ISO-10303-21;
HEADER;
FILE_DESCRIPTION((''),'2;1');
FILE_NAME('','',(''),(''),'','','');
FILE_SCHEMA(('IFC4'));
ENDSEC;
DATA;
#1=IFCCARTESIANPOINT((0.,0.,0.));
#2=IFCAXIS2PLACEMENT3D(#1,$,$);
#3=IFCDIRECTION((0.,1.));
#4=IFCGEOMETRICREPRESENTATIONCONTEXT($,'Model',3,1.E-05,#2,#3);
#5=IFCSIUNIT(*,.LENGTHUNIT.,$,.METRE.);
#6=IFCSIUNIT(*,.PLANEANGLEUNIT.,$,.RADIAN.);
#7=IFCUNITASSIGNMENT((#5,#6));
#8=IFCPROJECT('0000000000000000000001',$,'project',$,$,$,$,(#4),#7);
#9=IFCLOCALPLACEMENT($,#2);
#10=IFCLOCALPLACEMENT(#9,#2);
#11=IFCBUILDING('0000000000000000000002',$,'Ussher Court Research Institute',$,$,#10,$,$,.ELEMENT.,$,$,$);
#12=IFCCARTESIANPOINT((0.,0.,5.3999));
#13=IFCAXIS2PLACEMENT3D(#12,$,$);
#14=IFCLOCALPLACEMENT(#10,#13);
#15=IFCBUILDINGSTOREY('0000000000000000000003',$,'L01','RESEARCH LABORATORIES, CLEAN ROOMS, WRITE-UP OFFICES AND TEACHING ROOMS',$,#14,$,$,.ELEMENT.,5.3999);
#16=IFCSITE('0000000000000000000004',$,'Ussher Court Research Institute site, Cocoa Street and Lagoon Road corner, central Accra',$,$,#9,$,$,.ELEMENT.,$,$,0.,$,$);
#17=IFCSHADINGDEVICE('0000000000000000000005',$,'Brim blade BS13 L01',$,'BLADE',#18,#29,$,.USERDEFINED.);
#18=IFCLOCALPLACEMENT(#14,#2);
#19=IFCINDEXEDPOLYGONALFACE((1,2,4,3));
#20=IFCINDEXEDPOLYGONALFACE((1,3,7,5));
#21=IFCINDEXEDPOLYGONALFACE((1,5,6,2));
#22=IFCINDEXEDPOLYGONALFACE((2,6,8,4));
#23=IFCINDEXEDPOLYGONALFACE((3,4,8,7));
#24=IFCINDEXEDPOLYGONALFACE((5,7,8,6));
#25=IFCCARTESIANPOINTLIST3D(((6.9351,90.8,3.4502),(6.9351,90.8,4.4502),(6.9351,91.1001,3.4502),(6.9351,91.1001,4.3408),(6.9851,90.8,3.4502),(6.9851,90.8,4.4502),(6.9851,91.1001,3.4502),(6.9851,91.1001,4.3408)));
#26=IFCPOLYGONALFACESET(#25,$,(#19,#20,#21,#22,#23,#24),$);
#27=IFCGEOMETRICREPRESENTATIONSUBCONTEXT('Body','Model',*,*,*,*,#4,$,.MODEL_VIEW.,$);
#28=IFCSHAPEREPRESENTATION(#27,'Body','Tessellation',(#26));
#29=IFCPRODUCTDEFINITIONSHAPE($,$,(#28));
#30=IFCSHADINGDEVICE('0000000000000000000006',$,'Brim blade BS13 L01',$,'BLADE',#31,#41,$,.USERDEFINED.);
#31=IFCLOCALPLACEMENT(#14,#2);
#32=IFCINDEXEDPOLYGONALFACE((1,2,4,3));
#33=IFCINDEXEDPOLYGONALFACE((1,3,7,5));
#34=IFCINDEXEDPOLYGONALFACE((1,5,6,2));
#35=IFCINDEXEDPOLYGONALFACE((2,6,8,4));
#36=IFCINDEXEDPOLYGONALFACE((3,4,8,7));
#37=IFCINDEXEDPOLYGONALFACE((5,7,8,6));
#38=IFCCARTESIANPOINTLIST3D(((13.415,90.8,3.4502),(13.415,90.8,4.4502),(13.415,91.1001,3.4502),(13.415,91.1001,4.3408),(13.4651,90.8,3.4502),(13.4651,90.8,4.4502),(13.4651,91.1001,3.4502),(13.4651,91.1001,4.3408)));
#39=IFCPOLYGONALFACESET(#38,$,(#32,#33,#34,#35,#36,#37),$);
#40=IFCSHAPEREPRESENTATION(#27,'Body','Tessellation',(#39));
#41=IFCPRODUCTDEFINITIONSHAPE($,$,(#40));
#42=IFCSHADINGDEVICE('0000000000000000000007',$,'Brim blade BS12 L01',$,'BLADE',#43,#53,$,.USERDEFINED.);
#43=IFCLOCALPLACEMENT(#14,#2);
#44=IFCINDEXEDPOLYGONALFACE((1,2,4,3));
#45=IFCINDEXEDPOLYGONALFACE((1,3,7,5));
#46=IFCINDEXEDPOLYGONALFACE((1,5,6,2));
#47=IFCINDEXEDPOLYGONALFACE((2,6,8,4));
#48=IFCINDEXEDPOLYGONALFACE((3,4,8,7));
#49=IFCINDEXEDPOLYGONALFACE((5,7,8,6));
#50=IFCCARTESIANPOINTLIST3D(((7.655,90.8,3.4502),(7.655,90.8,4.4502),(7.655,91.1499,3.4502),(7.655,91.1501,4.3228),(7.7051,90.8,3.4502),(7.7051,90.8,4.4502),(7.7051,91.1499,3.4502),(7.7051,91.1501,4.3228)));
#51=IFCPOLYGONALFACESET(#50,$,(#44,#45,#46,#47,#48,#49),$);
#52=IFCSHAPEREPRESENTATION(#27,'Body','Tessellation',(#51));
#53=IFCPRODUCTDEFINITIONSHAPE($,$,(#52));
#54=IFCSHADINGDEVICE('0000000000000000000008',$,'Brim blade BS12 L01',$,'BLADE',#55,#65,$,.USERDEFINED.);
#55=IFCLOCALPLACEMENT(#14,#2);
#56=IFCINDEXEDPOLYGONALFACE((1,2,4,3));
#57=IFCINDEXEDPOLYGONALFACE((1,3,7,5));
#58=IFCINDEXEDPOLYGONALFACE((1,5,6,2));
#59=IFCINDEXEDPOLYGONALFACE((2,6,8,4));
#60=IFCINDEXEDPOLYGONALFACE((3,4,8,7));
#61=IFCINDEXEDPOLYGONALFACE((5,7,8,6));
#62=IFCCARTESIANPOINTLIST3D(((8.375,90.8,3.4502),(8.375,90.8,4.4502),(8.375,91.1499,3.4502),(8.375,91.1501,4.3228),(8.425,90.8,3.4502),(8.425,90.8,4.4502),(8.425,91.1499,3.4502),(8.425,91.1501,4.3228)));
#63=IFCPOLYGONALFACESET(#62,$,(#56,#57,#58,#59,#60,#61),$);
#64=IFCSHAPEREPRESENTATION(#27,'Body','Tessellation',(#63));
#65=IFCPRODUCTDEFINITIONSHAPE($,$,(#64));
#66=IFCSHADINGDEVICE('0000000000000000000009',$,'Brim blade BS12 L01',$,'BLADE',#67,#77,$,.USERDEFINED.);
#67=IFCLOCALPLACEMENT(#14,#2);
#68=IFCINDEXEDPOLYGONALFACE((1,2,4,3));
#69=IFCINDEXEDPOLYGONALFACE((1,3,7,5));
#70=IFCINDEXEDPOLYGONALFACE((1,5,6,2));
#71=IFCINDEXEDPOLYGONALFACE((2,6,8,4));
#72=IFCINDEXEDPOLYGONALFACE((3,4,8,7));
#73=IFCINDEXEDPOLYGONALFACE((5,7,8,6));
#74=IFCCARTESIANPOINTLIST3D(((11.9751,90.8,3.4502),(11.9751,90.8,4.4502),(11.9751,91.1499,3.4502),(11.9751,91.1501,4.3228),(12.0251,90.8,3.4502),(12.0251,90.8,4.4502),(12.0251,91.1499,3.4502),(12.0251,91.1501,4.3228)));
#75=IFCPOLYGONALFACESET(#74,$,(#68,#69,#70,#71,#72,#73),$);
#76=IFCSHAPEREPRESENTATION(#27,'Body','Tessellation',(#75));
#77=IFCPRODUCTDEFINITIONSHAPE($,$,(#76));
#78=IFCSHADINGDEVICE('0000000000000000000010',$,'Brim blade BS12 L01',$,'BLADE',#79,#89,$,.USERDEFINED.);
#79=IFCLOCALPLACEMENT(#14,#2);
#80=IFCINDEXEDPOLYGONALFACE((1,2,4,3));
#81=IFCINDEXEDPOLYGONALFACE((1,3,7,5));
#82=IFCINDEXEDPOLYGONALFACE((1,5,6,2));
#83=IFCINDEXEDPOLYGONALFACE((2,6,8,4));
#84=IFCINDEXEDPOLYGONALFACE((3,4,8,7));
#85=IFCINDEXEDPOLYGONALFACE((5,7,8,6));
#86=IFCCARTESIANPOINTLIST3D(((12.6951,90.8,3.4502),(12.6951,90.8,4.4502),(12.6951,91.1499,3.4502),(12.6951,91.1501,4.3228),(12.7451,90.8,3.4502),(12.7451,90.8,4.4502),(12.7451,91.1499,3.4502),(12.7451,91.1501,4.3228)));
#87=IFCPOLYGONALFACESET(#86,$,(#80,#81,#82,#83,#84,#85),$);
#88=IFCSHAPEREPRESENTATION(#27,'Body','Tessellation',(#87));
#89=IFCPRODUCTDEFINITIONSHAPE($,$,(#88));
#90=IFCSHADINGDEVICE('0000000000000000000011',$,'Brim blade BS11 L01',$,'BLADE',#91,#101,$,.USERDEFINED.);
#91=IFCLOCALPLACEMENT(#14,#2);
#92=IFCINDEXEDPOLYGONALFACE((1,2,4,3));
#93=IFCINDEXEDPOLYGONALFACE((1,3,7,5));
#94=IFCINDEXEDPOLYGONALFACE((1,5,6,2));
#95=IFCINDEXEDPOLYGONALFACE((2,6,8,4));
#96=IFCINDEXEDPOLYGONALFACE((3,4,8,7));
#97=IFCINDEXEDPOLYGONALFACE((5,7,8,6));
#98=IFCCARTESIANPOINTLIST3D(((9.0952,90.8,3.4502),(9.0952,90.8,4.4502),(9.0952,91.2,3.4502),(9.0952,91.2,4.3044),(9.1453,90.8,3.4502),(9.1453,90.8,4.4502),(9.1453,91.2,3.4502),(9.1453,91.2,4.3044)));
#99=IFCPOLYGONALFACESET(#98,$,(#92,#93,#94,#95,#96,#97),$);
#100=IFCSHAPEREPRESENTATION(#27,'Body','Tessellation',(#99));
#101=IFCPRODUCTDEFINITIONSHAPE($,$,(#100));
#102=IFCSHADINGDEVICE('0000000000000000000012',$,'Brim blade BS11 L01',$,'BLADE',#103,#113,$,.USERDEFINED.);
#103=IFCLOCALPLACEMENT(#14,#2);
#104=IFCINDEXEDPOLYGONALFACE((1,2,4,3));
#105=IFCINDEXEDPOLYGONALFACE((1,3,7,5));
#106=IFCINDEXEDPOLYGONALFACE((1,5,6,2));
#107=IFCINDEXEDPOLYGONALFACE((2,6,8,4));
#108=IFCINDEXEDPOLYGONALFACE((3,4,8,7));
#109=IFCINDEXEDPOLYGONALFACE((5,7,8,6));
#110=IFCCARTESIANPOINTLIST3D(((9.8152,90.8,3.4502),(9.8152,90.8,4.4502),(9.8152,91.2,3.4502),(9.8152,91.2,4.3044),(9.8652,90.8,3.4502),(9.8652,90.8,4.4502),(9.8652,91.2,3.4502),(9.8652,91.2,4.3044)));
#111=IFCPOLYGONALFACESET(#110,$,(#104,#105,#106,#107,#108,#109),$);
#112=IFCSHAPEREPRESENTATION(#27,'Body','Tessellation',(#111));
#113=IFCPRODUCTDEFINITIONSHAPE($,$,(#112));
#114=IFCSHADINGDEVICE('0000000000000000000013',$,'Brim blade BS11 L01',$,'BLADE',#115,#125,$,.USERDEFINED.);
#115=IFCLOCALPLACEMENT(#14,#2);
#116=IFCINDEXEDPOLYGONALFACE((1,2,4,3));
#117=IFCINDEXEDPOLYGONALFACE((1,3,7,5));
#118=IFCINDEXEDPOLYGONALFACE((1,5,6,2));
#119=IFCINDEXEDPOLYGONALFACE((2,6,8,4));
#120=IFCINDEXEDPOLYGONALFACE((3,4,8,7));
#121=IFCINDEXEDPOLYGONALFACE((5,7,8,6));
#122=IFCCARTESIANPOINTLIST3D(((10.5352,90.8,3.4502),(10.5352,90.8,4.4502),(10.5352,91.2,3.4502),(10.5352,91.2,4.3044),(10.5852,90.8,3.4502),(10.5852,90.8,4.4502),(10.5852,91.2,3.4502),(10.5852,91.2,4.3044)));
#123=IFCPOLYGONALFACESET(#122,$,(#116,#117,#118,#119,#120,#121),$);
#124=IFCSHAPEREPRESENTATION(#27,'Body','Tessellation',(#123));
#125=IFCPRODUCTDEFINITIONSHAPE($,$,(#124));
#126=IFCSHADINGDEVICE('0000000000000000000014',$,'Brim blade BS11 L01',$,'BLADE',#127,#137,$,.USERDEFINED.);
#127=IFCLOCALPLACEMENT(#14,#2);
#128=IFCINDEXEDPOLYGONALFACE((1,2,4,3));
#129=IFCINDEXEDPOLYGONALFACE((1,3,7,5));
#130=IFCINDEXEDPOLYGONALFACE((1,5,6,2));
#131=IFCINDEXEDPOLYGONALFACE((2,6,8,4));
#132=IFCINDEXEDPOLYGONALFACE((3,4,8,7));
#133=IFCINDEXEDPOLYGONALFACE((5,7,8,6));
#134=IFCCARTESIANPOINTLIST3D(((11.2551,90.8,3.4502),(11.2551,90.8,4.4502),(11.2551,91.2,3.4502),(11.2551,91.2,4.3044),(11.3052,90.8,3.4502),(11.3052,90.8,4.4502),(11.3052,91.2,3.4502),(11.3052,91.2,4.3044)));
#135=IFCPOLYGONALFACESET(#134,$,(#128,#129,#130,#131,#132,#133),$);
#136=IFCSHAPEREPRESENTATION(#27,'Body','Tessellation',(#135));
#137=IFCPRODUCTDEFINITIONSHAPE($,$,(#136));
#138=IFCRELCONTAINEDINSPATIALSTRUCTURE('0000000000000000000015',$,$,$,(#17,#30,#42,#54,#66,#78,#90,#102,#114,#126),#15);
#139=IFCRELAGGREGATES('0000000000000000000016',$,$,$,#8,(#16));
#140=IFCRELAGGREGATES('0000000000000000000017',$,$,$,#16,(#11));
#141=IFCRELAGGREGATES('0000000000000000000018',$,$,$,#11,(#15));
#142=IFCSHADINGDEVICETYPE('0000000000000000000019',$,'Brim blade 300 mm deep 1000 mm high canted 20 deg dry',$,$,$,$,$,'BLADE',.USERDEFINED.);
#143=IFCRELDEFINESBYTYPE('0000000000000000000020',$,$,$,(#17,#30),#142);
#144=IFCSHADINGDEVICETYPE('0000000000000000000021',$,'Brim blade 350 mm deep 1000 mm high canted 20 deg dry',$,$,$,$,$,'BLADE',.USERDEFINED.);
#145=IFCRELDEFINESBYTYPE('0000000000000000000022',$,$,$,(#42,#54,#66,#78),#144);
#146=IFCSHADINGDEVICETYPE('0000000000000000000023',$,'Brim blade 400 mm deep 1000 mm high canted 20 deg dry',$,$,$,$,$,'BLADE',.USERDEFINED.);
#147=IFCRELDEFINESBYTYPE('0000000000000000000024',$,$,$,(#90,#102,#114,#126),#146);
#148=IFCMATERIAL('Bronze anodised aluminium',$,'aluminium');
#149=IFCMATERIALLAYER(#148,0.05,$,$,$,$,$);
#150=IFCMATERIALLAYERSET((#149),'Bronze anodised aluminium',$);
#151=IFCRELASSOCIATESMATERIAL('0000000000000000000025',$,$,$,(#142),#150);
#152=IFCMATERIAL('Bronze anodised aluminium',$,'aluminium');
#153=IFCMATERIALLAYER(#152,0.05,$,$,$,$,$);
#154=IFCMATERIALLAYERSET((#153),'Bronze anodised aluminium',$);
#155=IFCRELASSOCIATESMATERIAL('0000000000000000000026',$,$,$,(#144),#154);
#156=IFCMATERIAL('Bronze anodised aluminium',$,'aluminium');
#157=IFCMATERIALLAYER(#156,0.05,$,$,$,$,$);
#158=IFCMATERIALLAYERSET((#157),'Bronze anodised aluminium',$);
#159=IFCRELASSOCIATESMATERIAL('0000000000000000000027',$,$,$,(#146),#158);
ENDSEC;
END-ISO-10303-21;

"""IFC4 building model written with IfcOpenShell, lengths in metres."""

from ifc_helpers import new_model, si_unit, direction, frame, origin, place, context, subcontext, project, spatial, polyline, outline, extrude, material, layer, layer_set, type_object, element, save


model = new_model("IFC4")

# Units and contexts
model_context = context("Model", 3, precision=1e-05, world=origin(), true_north=direction((0.0, 1.0)))
body_context = subcontext(model_context, "Body", "Model", "MODEL_VIEW")
ifc_project = project(units=[si_unit("LENGTHUNIT", "METRE"), si_unit("PLANEANGLEUNIT", "RADIAN")], contexts=[model_context])

# Site, building, storey
site_placement = place(None, origin())
site = spatial("IfcSite", under=ifc_project, at=site_placement, Name="Ussher Court Research Institute site, Cocoa Street and Lagoon Road corner, central Accra", CompositionType="ELEMENT", RefElevation=0.0)
building_placement = place(site_placement, origin())
building = spatial("IfcBuilding", under=site, at=building_placement, Name="Ussher Court Research Institute", CompositionType="ELEMENT")
storey_placement = place(building_placement, frame((0.0, 0.0, 5.3999)))
storey = spatial("IfcBuildingStorey", under=building, at=storey_placement, Name="L01", Description="RESEARCH LABORATORIES, CLEAN ROOMS, WRITE-UP OFFICES AND TEACHING ROOMS", CompositionType="ELEMENT", Elevation=5.3999)

# Shading devices
ifc_material_1 = material(Name="Bronze anodised aluminium", Category="aluminium")
ifc_layer_1 = layer(ifc_material_1, 0.05)
ifc_layer_set_1 = layer_set([ifc_layer_1], Name="Bronze anodised aluminium")
shading_device_type_1 = type_object("IfcShadingDeviceType", Name="Brim blade 300 mm deep 1000 mm high canted 20 deg dry", ElementType="BLADE", PredefinedType="USERDEFINED", material=ifc_layer_set_1)
for number, where, z_axis, x_axis, name in (
    (1, (6.96, 90.8, 3.4502), (0.0, 0.0, 1.0), (0.0, 1.0, 0.0), "Brim blade BS13 L01"),
    (2, (13.4399, 90.8, 3.4502), (0.0, 0.0, 1.0), (0.0, 1.0, 0.0), "Brim blade BS13 L01"),
):
    element("IfcShadingDevice", number, at=place(storey_placement, frame(where, z_axis=z_axis, x_axis=x_axis)), inside=storey, type_object=shading_device_type_1, Name=name, ObjectType="BLADE", PredefinedType="USERDEFINED", context=body_context, shape_type="SweptSolid", body=[
        extrude(outline(polyline([(0.0, 0.0), (0.3, 0.0), (0.3, 0.8906), (0.0, 1.0), (0.0, 0.0)])), frame((0.0, 0.0249, 0.0), z_axis=(0.0, -1.0, 0.0), x_axis=(1.0, 0.0, 0.0)), (0.0, 0.0, 1.0), 0.05),
    ])
ifc_material_2 = material(Name="Bronze anodised aluminium", Category="aluminium")
ifc_layer_2 = layer(ifc_material_2, 0.05)
ifc_layer_set_2 = layer_set([ifc_layer_2], Name="Bronze anodised aluminium")
shading_device_type_2 = type_object("IfcShadingDeviceType", Name="Brim blade 350 mm deep 1000 mm high canted 20 deg dry", ElementType="BLADE", PredefinedType="USERDEFINED", material=ifc_layer_set_2)
for number, where, z_axis, x_axis, name in (
    (3, (7.6799, 90.8, 3.4502), (0.0, 0.0, 1.0), (0.0, 1.0, 0.0), "Brim blade BS12 L01"),
    (4, (8.3999, 90.8, 3.4502), (0.0, 0.0, 1.0), (0.0, 1.0, 0.0), "Brim blade BS12 L01"),
    (5, (12.0, 90.8, 3.4502), (0.0, 0.0, 1.0), (0.0, 1.0, 0.0), "Brim blade BS12 L01"),
    (6, (12.72, 90.8, 3.4502), (0.0, 0.0, 1.0), (0.0, 1.0, 0.0), "Brim blade BS12 L01"),
):
    element("IfcShadingDevice", number, at=place(storey_placement, frame(where, z_axis=z_axis, x_axis=x_axis)), inside=storey, type_object=shading_device_type_2, Name=name, ObjectType="BLADE", PredefinedType="USERDEFINED", context=body_context, shape_type="SweptSolid", body=[
        extrude(outline(polyline([(0.0, 0.0), (0.3499, 0.0), (0.3501, 0.8726), (0.0, 1.0), (0.0, 0.0)])), frame((0.0, 0.0249, 0.0), z_axis=(0.0, -1.0, 0.0), x_axis=(1.0, 0.0, 0.0)), (0.0, 0.0, 1.0), 0.05),
    ])
ifc_material_3 = material(Name="Bronze anodised aluminium", Category="aluminium")
ifc_layer_3 = layer(ifc_material_3, 0.05)
ifc_layer_set_3 = layer_set([ifc_layer_3], Name="Bronze anodised aluminium")
shading_device_type_3 = type_object("IfcShadingDeviceType", Name="Brim blade 400 mm deep 1000 mm high canted 20 deg dry", ElementType="BLADE", PredefinedType="USERDEFINED", material=ifc_layer_set_3)
for number, where, z_axis, x_axis, name in (
    (7, (9.1201, 90.8, 3.4502), (0.0, 0.0, 1.0), (0.0, 1.0, 0.0), "Brim blade BS11 L01"),
    (8, (9.8401, 90.8, 3.4502), (0.0, 0.0, 1.0), (0.0, 1.0, 0.0), "Brim blade BS11 L01"),
    (9, (10.5601, 90.8, 3.4502), (0.0, 0.0, 1.0), (0.0, 1.0, 0.0), "Brim blade BS11 L01"),
    (10, (11.28, 90.8, 3.4502), (0.0, 0.0, 1.0), (0.0, 1.0, 0.0), "Brim blade BS11 L01"),
):
    element("IfcShadingDevice", number, at=place(storey_placement, frame(where, z_axis=z_axis, x_axis=x_axis)), inside=storey, type_object=shading_device_type_3, Name=name, ObjectType="BLADE", PredefinedType="USERDEFINED", context=body_context, shape_type="SweptSolid", body=[
        extrude(outline(polyline([(0.0, 0.0), (0.3999, 0.0), (0.3999, 0.8542), (0.0, 1.0), (0.0, 0.0)])), frame((0.0, 0.0249, 0.0), z_axis=(0.0, -1.0, 0.0), x_axis=(1.0, 0.0, 0.0)), (0.0, 0.0, 1.0), 0.05),
    ])

save(model, "model.ifc")
